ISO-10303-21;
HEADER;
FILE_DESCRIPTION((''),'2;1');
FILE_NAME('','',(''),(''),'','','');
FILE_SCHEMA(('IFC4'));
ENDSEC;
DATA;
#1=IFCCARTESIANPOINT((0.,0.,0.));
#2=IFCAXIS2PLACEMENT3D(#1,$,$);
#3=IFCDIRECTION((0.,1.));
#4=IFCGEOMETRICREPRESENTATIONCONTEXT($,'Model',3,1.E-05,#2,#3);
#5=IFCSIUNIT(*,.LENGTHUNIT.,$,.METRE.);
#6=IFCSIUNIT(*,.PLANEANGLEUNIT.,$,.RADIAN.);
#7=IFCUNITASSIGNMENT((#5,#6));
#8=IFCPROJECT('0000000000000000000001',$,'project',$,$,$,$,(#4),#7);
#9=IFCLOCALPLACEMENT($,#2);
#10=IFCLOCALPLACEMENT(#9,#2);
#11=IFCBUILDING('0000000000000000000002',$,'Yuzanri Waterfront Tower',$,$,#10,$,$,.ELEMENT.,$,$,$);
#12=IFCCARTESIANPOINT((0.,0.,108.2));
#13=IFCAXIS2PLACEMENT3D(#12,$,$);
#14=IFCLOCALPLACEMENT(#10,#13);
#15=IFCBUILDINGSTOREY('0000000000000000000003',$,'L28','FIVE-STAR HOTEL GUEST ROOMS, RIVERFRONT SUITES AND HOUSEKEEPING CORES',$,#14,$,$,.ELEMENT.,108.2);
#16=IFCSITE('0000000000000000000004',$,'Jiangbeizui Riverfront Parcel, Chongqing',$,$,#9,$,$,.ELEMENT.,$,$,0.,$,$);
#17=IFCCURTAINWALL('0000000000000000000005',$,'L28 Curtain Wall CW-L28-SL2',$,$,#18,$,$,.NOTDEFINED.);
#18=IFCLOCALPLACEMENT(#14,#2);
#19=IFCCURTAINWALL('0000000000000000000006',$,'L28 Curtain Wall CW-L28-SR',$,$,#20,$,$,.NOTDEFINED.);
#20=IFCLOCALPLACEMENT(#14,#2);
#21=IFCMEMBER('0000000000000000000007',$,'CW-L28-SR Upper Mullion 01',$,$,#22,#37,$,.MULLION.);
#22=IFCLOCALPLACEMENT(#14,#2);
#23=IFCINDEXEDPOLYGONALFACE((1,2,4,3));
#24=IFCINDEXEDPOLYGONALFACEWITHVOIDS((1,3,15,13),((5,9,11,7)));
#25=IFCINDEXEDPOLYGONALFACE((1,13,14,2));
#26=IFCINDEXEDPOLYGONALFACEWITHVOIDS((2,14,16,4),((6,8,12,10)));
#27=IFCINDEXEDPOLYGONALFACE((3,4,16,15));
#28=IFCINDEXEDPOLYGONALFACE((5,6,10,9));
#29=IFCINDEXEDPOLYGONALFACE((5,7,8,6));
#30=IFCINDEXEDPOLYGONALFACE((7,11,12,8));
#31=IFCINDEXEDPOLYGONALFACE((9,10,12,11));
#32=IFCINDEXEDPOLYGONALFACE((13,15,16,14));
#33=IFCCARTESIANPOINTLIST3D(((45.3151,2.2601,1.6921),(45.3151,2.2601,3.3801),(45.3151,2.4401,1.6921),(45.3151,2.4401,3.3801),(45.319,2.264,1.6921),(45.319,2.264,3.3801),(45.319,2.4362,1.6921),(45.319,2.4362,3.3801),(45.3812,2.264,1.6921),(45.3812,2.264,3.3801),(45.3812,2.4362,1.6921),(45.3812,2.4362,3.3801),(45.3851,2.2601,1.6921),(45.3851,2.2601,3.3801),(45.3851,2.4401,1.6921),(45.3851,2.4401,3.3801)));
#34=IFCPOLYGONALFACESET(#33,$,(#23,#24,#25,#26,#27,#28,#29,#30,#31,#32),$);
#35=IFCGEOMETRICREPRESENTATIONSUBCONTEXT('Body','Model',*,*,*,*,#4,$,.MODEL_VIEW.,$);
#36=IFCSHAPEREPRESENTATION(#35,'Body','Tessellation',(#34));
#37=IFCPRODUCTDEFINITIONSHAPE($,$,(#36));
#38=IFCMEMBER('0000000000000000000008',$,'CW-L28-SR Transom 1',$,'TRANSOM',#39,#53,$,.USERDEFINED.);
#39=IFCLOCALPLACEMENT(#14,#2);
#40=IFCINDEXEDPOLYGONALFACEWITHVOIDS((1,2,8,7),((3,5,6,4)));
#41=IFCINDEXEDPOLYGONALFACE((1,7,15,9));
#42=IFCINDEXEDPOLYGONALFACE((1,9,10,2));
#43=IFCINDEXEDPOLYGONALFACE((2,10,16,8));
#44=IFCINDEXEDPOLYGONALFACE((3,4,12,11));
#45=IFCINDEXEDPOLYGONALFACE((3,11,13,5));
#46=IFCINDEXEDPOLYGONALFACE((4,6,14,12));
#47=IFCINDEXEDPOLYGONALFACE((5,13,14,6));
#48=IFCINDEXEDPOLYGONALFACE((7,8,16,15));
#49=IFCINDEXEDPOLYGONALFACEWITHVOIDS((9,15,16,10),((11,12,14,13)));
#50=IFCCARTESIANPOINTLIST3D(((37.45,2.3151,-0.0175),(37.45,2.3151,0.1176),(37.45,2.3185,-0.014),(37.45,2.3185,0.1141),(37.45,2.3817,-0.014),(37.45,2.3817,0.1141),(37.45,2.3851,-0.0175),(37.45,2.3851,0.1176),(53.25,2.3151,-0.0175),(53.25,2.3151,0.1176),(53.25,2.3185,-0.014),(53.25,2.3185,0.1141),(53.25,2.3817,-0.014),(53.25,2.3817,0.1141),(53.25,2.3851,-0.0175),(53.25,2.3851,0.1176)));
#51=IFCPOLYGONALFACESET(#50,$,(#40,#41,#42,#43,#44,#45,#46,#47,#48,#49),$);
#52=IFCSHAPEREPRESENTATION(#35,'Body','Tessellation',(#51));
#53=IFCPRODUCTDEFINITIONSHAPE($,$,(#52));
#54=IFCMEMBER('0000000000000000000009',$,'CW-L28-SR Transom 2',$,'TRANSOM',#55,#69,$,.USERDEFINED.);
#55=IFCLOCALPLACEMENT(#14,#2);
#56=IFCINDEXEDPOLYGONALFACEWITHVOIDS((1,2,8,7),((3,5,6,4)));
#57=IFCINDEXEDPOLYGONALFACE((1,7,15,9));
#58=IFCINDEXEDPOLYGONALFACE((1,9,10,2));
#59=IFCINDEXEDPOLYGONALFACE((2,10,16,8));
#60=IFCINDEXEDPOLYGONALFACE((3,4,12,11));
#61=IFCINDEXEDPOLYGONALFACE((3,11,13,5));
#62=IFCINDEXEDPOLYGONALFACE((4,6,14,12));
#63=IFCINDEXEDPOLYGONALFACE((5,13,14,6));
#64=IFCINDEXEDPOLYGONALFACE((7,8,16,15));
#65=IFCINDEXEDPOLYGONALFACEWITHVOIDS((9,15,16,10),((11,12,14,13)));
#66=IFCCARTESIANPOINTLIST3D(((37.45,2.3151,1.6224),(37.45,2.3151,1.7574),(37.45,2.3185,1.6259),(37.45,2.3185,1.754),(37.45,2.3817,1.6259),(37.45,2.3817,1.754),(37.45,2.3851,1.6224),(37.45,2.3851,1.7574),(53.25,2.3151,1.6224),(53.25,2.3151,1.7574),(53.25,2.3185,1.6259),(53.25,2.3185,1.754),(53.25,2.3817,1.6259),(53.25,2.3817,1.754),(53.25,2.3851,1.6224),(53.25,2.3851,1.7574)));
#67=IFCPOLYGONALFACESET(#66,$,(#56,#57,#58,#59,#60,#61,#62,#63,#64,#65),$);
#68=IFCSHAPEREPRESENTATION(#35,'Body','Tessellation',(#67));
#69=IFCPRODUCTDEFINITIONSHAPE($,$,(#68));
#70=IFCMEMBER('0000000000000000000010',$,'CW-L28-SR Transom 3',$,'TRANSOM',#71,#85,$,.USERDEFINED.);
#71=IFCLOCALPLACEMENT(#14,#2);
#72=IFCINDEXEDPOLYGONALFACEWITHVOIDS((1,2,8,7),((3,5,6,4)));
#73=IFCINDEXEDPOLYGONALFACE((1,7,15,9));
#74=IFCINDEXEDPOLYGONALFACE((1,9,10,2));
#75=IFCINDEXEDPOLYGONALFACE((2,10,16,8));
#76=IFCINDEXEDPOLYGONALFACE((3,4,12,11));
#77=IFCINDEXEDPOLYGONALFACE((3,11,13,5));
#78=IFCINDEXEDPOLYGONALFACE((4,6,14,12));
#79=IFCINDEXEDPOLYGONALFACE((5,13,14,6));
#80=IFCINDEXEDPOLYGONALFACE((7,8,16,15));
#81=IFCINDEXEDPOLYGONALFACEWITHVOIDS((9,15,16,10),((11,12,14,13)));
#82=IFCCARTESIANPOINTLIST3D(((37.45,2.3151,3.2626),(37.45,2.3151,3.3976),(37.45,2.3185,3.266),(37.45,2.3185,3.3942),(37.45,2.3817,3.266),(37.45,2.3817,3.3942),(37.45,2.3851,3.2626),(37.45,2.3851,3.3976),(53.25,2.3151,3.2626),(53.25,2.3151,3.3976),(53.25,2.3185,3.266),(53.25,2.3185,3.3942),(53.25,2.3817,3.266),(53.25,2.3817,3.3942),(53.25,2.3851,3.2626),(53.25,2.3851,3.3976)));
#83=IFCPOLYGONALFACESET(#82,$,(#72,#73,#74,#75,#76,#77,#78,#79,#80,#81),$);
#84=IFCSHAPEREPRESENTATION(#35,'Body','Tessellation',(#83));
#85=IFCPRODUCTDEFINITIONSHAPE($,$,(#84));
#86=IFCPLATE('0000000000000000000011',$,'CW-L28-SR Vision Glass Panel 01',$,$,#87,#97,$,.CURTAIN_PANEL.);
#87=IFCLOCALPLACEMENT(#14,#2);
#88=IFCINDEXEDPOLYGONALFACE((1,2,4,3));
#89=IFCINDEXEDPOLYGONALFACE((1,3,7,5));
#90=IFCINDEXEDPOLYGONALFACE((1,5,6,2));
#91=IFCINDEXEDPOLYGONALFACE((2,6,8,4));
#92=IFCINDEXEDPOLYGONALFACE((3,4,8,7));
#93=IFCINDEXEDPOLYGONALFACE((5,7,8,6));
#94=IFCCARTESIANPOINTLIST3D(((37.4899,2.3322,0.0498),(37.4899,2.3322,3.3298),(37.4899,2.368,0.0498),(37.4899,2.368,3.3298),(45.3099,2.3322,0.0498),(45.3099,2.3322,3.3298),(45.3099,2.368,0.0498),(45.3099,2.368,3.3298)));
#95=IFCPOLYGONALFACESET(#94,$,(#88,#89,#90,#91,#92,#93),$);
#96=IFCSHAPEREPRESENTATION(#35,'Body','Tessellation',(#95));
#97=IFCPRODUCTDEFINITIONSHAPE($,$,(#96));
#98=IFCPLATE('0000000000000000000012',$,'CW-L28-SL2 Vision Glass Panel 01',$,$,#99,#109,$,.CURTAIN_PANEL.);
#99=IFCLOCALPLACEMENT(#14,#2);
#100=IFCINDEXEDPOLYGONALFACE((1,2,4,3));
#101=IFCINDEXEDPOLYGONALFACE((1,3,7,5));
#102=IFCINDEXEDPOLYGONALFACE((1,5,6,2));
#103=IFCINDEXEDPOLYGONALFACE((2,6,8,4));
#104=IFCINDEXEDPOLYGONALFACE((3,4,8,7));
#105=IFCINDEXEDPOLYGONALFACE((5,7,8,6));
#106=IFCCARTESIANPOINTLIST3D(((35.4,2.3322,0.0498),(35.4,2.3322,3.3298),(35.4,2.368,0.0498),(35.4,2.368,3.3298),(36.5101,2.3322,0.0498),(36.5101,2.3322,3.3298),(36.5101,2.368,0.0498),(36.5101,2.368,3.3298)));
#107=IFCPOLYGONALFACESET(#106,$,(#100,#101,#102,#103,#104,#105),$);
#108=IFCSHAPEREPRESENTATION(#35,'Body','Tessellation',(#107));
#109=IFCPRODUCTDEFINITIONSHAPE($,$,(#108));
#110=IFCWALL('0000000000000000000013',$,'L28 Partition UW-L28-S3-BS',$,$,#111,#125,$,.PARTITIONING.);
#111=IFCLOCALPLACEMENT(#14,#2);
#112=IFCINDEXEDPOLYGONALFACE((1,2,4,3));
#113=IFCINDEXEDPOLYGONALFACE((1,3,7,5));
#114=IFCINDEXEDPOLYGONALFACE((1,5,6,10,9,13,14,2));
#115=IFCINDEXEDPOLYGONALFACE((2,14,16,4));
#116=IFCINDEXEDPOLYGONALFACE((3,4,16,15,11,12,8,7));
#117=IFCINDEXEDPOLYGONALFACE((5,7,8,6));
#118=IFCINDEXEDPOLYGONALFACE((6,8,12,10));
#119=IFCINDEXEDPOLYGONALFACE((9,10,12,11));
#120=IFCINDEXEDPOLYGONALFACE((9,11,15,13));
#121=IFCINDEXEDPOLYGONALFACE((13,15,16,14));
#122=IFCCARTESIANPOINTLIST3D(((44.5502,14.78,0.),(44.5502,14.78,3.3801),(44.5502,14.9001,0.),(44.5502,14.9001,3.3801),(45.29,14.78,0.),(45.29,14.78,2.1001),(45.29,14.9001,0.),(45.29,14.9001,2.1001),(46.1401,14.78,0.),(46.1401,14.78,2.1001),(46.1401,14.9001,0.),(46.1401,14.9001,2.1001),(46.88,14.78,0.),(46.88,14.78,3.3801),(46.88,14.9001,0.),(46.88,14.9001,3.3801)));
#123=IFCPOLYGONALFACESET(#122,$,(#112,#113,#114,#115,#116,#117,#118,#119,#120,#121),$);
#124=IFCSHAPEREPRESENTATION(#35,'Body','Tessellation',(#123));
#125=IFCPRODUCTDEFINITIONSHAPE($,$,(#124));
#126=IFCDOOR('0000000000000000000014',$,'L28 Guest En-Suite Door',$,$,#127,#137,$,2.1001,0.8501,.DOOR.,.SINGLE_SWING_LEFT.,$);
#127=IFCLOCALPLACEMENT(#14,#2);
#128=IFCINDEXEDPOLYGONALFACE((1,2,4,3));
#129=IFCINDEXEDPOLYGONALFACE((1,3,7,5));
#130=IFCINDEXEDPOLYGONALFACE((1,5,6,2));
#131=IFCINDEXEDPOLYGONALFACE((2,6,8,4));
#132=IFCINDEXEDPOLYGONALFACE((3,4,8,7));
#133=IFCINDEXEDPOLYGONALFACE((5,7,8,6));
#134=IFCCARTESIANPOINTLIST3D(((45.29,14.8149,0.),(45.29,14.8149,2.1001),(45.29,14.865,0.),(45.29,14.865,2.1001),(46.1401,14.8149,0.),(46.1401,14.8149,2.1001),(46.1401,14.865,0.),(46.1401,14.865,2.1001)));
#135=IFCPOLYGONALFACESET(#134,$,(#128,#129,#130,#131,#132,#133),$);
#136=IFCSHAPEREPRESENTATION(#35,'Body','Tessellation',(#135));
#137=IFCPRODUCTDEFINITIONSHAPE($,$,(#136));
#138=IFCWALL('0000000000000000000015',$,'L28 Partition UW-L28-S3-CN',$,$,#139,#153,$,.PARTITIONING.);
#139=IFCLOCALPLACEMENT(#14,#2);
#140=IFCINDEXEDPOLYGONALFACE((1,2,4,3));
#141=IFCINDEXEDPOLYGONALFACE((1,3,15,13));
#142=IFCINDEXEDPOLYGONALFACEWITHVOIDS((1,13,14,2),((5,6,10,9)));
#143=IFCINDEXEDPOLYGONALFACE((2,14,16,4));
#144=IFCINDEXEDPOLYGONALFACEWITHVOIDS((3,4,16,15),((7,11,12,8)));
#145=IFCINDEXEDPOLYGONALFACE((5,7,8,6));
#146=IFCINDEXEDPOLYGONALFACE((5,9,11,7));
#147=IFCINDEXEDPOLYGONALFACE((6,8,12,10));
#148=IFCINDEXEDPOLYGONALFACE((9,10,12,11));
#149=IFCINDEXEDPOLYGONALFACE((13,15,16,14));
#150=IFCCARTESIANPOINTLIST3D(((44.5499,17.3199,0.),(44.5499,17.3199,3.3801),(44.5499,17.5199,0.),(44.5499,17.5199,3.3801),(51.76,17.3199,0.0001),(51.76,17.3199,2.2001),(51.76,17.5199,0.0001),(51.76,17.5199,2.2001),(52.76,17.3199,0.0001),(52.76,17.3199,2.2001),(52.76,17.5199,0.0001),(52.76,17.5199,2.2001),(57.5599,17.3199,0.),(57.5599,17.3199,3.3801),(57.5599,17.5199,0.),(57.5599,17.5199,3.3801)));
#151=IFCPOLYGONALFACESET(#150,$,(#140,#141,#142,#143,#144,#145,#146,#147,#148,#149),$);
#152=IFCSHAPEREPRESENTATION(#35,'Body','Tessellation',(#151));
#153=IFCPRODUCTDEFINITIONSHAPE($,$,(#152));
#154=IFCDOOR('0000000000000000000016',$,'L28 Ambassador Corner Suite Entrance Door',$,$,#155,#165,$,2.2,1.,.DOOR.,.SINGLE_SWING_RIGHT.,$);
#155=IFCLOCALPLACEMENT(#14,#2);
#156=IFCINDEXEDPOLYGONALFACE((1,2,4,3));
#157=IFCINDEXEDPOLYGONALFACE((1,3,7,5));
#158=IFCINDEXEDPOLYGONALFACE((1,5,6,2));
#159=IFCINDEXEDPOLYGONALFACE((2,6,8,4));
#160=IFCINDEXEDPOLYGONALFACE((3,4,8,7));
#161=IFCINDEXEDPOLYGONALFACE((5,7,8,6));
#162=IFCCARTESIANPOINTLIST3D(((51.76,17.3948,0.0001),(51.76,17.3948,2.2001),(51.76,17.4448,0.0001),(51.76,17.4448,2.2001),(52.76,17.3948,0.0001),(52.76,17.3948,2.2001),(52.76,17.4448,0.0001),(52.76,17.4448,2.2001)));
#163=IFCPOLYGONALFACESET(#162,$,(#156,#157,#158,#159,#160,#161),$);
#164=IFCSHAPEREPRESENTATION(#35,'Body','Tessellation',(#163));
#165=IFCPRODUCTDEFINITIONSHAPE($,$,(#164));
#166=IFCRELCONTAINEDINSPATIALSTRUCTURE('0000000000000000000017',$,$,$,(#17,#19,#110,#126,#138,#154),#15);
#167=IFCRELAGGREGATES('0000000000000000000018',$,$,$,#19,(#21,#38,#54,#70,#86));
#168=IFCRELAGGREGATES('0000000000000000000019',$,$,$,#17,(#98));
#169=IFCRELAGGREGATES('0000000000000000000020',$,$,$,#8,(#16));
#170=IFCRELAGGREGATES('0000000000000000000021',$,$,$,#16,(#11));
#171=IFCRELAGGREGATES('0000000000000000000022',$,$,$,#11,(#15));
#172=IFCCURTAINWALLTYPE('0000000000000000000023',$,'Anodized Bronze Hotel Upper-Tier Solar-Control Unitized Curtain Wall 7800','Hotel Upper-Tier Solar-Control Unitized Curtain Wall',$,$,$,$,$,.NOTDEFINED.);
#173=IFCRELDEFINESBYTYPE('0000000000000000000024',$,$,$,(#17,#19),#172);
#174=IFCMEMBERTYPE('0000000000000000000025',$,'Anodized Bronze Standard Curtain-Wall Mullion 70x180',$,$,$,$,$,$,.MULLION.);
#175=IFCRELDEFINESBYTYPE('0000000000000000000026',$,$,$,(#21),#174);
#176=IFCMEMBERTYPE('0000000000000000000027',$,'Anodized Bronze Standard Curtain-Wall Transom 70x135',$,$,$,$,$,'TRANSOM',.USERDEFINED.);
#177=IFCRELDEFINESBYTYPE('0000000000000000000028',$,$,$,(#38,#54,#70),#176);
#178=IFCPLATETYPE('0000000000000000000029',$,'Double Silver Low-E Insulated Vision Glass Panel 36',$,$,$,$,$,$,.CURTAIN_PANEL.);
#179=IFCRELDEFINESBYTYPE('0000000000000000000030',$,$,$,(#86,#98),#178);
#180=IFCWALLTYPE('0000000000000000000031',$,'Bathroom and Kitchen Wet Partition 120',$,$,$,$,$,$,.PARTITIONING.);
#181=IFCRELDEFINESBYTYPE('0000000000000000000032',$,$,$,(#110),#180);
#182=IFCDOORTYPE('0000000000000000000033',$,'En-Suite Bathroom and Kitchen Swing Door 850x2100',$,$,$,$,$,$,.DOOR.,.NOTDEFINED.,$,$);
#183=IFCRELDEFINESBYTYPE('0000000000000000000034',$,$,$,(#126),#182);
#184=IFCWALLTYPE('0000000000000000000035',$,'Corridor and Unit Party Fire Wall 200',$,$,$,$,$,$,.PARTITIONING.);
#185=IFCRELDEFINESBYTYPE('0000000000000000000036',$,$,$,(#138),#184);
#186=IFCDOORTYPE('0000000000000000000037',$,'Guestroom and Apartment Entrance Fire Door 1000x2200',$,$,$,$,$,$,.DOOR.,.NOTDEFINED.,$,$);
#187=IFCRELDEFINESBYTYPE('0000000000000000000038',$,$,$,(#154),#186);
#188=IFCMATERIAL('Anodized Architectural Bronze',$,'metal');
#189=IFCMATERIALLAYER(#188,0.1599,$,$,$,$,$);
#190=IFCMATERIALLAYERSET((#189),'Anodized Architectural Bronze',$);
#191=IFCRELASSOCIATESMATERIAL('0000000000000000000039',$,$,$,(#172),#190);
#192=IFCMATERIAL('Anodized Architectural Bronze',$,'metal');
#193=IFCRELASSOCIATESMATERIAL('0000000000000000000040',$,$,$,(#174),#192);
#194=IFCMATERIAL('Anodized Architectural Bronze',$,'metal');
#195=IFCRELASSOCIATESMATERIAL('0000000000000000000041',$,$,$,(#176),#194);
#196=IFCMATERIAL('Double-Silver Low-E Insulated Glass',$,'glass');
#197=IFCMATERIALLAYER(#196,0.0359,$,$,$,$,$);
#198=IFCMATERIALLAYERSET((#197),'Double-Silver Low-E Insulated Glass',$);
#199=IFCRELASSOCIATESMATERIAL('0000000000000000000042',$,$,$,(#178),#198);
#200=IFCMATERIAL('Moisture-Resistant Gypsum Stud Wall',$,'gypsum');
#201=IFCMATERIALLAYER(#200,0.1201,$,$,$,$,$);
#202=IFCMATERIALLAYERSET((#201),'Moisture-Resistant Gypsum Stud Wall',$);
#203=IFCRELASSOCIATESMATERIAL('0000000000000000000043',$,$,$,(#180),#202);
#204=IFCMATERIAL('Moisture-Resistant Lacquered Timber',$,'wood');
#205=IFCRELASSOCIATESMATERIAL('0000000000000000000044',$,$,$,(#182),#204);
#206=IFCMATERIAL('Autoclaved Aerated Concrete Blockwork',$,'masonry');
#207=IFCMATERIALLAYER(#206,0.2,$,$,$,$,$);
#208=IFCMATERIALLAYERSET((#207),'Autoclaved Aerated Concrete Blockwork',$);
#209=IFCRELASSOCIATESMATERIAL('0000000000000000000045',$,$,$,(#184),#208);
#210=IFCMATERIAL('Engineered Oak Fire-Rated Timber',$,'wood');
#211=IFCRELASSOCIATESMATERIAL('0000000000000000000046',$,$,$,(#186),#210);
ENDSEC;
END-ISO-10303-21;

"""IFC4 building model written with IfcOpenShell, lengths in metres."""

from ifc_helpers import new_model, si_unit, direction, frame, frame_2d, origin, origin_2d, place, context, subcontext, project, spatial, rectangle, hollow_rectangle, extrude, source, transform, mapped, material, layer, layer_set, material_profile, profile_set, type_object, element, fill, aggregate, save


model = new_model("IFC4")

# Units and contexts
model_context = context("Model", 3, precision=1e-05, world=origin(), true_north=direction((0.0, 1.0)))
body_context = subcontext(model_context, "Body", "Model", "MODEL_VIEW")
ifc_project = project(units=[si_unit("LENGTHUNIT", "METRE"), si_unit("PLANEANGLEUNIT", "RADIAN")], contexts=[model_context])

# Site, building, storey
site_placement = place(None, origin())
site = spatial("IfcSite", under=ifc_project, at=site_placement, Name="Jiangbeizui Riverfront Parcel, Chongqing", CompositionType="ELEMENT", RefElevation=0.0)
building_placement = place(site_placement, origin())
building = spatial("IfcBuilding", under=site, at=building_placement, Name="Yuzanri Waterfront Tower", CompositionType="ELEMENT")
storey_placement = place(building_placement, frame((0.0, 0.0, 108.2)))
storey = spatial("IfcBuildingStorey", under=building, at=storey_placement, Name="L28", Description="FIVE-STAR HOTEL GUEST ROOMS, RIVERFRONT SUITES AND HOUSEKEEPING CORES", CompositionType="ELEMENT", Elevation=108.2)

# Curtain wall
ifc_material_1 = material(Name="Anodized Architectural Bronze", Category="metal")
ifc_layer_1 = layer(ifc_material_1, 0.1599)
ifc_layer_set_1 = layer_set([ifc_layer_1], Name="Anodized Architectural Bronze")
curtain_wall_type = type_object("IfcCurtainWallType", Name="Anodized Bronze Hotel Upper-Tier Solar-Control Unitized Curtain Wall 7800", Description="Hotel Upper-Tier Solar-Control Unitized Curtain Wall", PredefinedType="NOTDEFINED", material=ifc_layer_set_1)
curtain_wall_1_placement = place(storey_placement, origin())
curtain_wall_1 = element("IfcCurtainWall", 1, at=curtain_wall_1_placement, inside=storey, type_object=curtain_wall_type, Name="L28 Curtain Wall CW-L28-SL2", PredefinedType="NOTDEFINED")
ifc_material_2 = material(Name="Anodized Architectural Bronze", Category="metal")
ifc_material_profile_1 = material_profile(ifc_material_2, hollow_rectangle(XDim=0.0701, YDim=0.1799, WallThickness=0.0039, at=origin_2d()), Name="CWM 70x180")
ifc_profile_set_1 = profile_set([ifc_material_profile_1], Name="Anodized Architectural Bronze")
member_type_1 = type_object("IfcMemberType", Name="Anodized Bronze Standard Curtain-Wall Mullion 70x180", PredefinedType="MULLION", material=ifc_profile_set_1)
shared_shape_1 = source(origin(), body_context, "Body", "SweptSolid", [
    extrude(hollow_rectangle(XDim=0.0701, YDim=0.1799, WallThickness=0.0039, at=origin_2d()), origin(), (0.0, 0.0, 1.0), 1.688),
])

# Curtain wall, members, plate
curtain_wall_2_placement = place(storey_placement, origin())
curtain_wall_2 = element("IfcCurtainWall", 2, at=curtain_wall_2_placement, inside=storey, type_object=curtain_wall_type, Name="L28 Curtain Wall CW-L28-SR", PredefinedType="NOTDEFINED")
member_1_placement = place(storey_placement, frame((45.3501, 2.3501, 1.6921), z_axis=(0.0, 0.0, 1.0), x_axis=(1.0, 0.0, 0.0)))
member_1 = element("IfcMember", 3, at=member_1_placement, type_object=member_type_1, Name="CW-L28-SR Upper Mullion 01", PredefinedType="MULLION", context=body_context, shape_type="MappedRepresentation", body=[
    mapped(shared_shape_1, transform((0.0, 0.0, 0.0), scale=1.0)),
])
ifc_material_3 = material(Name="Anodized Architectural Bronze", Category="metal")
ifc_material_profile_2 = material_profile(ifc_material_3, hollow_rectangle(XDim=0.0701, YDim=0.135, WallThickness=0.0034, at=origin_2d()), Name="CWT 70x135")
ifc_profile_set_2 = profile_set([ifc_material_profile_2], Name="Anodized Architectural Bronze")
member_type_2 = type_object("IfcMemberType", Name="Anodized Bronze Standard Curtain-Wall Transom 70x135", ElementType="TRANSOM", PredefinedType="USERDEFINED", material=ifc_profile_set_2)
shared_shape_2 = source(origin(), body_context, "Body", "SweptSolid", [
    extrude(hollow_rectangle(XDim=0.0701, YDim=0.135, WallThickness=0.0034, at=origin_2d()), origin(), (0.0, 0.0, 1.0), 15.8),
])
member_2_placement = place(storey_placement, frame((37.45, 2.3501, 0.05), z_axis=(1.0, 0.0, 0.0), x_axis=(0.0, 1.0, 0.0)))
member_2 = element("IfcMember", 4, at=member_2_placement, type_object=member_type_2, Name="CW-L28-SR Transom 1", ObjectType="TRANSOM", PredefinedType="USERDEFINED", context=body_context, shape_type="MappedRepresentation", body=[
    mapped(shared_shape_2, transform((0.0, 0.0, 0.0), scale=1.0)),
])
member_3_placement = place(storey_placement, frame((37.45, 2.3501, 1.6899), z_axis=(1.0, 0.0, 0.0), x_axis=(0.0, 1.0, 0.0)))
member_3 = element("IfcMember", 5, at=member_3_placement, type_object=member_type_2, Name="CW-L28-SR Transom 2", ObjectType="TRANSOM", PredefinedType="USERDEFINED", context=body_context, shape_type="MappedRepresentation", body=[
    mapped(shared_shape_2, transform((0.0, 0.0, 0.0), scale=1.0)),
])
member_4_placement = place(storey_placement, frame((37.45, 2.3501, 3.3301), z_axis=(1.0, 0.0, 0.0), x_axis=(0.0, 1.0, 0.0)))
member_4 = element("IfcMember", 6, at=member_4_placement, type_object=member_type_2, Name="CW-L28-SR Transom 3", ObjectType="TRANSOM", PredefinedType="USERDEFINED", context=body_context, shape_type="MappedRepresentation", body=[
    mapped(shared_shape_2, transform((0.0, 0.0, 0.0), scale=1.0)),
])
ifc_material_4 = material(Name="Double-Silver Low-E Insulated Glass", Category="glass")
ifc_layer_2 = layer(ifc_material_4, 0.0359)
ifc_layer_set_2 = layer_set([ifc_layer_2], Name="Double-Silver Low-E Insulated Glass")
plate_type = type_object("IfcPlateType", Name="Double Silver Low-E Insulated Vision Glass Panel 36", PredefinedType="CURTAIN_PANEL", material=ifc_layer_set_2)
shared_shape_3 = source(origin(), body_context, "Body", "SweptSolid", [
    extrude(rectangle(XDim=7.8201, YDim=0.0359, at=origin_2d()), origin(), (0.0, 0.0, 1.0), 3.28),
])
plate_1_placement = place(storey_placement, frame((41.3999, 2.3501, 0.0498), z_axis=(0.0, 0.0, 1.0), x_axis=(1.0, 0.0, 0.0)))
plate_1 = element("IfcPlate", 7, at=plate_1_placement, type_object=plate_type, Name="CW-L28-SR Vision Glass Panel 01", PredefinedType="CURTAIN_PANEL", context=body_context, shape_type="MappedRepresentation", body=[
    mapped(shared_shape_3, transform((0.0, 0.0, 0.0), scale=1.0)),
])
aggregate(curtain_wall_2, [member_1, member_2, member_3, member_4, plate_1])

# Plate
shared_shape_4 = source(origin(), body_context, "Body", "SweptSolid", [
    extrude(rectangle(XDim=1.1101, YDim=0.0359, at=origin_2d()), origin(), (0.0, 0.0, 1.0), 3.28),
])
plate_2_placement = place(storey_placement, frame((35.9551, 2.3501, 0.0498), z_axis=(0.0, 0.0, 1.0), x_axis=(1.0, 0.0, 0.0)))
plate_2 = element("IfcPlate", 8, at=plate_2_placement, type_object=plate_type, Name="CW-L28-SL2 Vision Glass Panel 01", PredefinedType="CURTAIN_PANEL", context=body_context, shape_type="MappedRepresentation", body=[
    mapped(shared_shape_4, transform((0.0, 0.0, 0.0), scale=1.0)),
])
aggregate(curtain_wall_1, [plate_2])

# Walls, openings, doors
ifc_material_5 = material(Name="Moisture-Resistant Gypsum Stud Wall", Category="gypsum")
ifc_layer_3 = layer(ifc_material_5, 0.1201)
ifc_layer_set_3 = layer_set([ifc_layer_3], Name="Moisture-Resistant Gypsum Stud Wall")
wall_type_1 = type_object("IfcWallType", Name="Bathroom and Kitchen Wet Partition 120", PredefinedType="PARTITIONING", material=ifc_layer_set_3)
wall_1_placement = place(storey_placement, frame((44.55, 14.8401, 0.0), z_axis=(0.0, 0.0, 1.0), x_axis=(1.0, 0.0, 0.0)))
wall_1 = element("IfcWall", 9, at=wall_1_placement, inside=storey, type_object=wall_type_1, Name="L28 Partition UW-L28-S3-BS", PredefinedType="PARTITIONING", context=body_context, shape_type="SweptSolid", body=[
    extrude(rectangle(XDim=2.3298, YDim=0.1201, at=frame_2d((1.165, 0.0))), origin(), (0.0, 0.0, 1.0), 3.3801),
])
opening_1_placement = place(wall_1_placement, frame((0.74, 0.0, 0.0)))
opening_1 = element("IfcOpeningElement", 10, at=opening_1_placement, cuts=wall_1, PredefinedType="OPENING", context=body_context, shape_type="SweptSolid", body=[
    extrude(rectangle(XDim=0.8501, YDim=2.1001, at=frame_2d((0.425, 1.05))), frame((0.0, 0.075, 0.0), z_axis=(0.0, -1.0, 0.0), x_axis=(1.0, 0.0, 0.0)), (0.0, 0.0, 1.0), 0.1499),
])
ifc_material_6 = material(Name="Moisture-Resistant Lacquered Timber", Category="wood")
door_type_1 = type_object("IfcDoorType", Name="En-Suite Bathroom and Kitchen Swing Door 850x2100", OperationType="NOTDEFINED", PredefinedType="DOOR", material=ifc_material_6)
shared_shape_5 = source(origin(), body_context, "Body", "SweptSolid", [
    extrude(rectangle(XDim=0.8501, YDim=2.1001, at=frame_2d((0.425, 1.05))), frame((0.0, 0.0249, 0.0), z_axis=(0.0, -1.0, 0.0), x_axis=(1.0, 0.0, 0.0)), (0.0, 0.0, 1.0), 0.05),
])
door_1_placement = place(opening_1_placement, origin())
door_1 = element("IfcDoor", 11, at=door_1_placement, inside=storey, type_object=door_type_1, Name="L28 Guest En-Suite Door", OperationType="SINGLE_SWING_LEFT", OverallHeight=2.1001, OverallWidth=0.8501, PredefinedType="DOOR", context=body_context, shape_type="MappedRepresentation", body=[
    mapped(shared_shape_5, transform((0.0, 0.0, 0.0), scale=1.0)),
])
fill(opening_1, door_1)
ifc_material_7 = material(Name="Autoclaved Aerated Concrete Blockwork", Category="masonry")
ifc_layer_4 = layer(ifc_material_7, 0.2)
ifc_layer_set_4 = layer_set([ifc_layer_4], Name="Autoclaved Aerated Concrete Blockwork")
wall_type_2 = type_object("IfcWallType", Name="Corridor and Unit Party Fire Wall 200", PredefinedType="PARTITIONING", material=ifc_layer_set_4)
wall_2_placement = place(storey_placement, frame((44.55, 17.4199, 0.0), z_axis=(0.0, 0.0, 1.0), x_axis=(1.0, 0.0, 0.0)))
wall_2 = element("IfcWall", 12, at=wall_2_placement, inside=storey, type_object=wall_type_2, Name="L28 Partition UW-L28-S3-CN", PredefinedType="PARTITIONING", context=body_context, shape_type="SweptSolid", body=[
    extrude(rectangle(XDim=13.01, YDim=0.2, at=frame_2d((6.5049, 0.0))), origin(), (0.0, 0.0, 1.0), 3.3801),
])
opening_2_placement = place(wall_2_placement, frame((7.21, 0.0, 0.0)))
opening_2 = element("IfcOpeningElement", 13, at=opening_2_placement, cuts=wall_2, PredefinedType="OPENING", context=body_context, shape_type="SweptSolid", body=[
    extrude(rectangle(XDim=1.0, YDim=2.2, at=frame_2d((0.5, 1.1001))), frame((0.0, 0.1147, 0.0), z_axis=(0.0, -1.0, 0.0), x_axis=(1.0, 0.0, 0.0)), (0.0, 0.0, 1.0), 0.2297),
])
ifc_material_8 = material(Name="Engineered Oak Fire-Rated Timber", Category="wood")
door_type_2 = type_object("IfcDoorType", Name="Guestroom and Apartment Entrance Fire Door 1000x2200", OperationType="NOTDEFINED", PredefinedType="DOOR", material=ifc_material_8)
shared_shape_6 = source(origin(), body_context, "Body", "SweptSolid", [
    extrude(rectangle(XDim=1.0, YDim=2.2, at=frame_2d((0.5, 1.1001))), frame((0.0, 0.0249, 0.0), z_axis=(0.0, -1.0, 0.0), x_axis=(1.0, 0.0, 0.0)), (0.0, 0.0, 1.0), 0.05),
])
door_2_placement = place(opening_2_placement, origin())
door_2 = element("IfcDoor", 14, at=door_2_placement, inside=storey, type_object=door_type_2, Name="L28 Ambassador Corner Suite Entrance Door", OperationType="SINGLE_SWING_RIGHT", OverallHeight=2.2, OverallWidth=1.0, PredefinedType="DOOR", context=body_context, shape_type="MappedRepresentation", body=[
    mapped(shared_shape_6, transform((0.0, 0.0, 0.0), scale=1.0)),
])
fill(opening_2, door_2)

save(model, "model.ifc")
